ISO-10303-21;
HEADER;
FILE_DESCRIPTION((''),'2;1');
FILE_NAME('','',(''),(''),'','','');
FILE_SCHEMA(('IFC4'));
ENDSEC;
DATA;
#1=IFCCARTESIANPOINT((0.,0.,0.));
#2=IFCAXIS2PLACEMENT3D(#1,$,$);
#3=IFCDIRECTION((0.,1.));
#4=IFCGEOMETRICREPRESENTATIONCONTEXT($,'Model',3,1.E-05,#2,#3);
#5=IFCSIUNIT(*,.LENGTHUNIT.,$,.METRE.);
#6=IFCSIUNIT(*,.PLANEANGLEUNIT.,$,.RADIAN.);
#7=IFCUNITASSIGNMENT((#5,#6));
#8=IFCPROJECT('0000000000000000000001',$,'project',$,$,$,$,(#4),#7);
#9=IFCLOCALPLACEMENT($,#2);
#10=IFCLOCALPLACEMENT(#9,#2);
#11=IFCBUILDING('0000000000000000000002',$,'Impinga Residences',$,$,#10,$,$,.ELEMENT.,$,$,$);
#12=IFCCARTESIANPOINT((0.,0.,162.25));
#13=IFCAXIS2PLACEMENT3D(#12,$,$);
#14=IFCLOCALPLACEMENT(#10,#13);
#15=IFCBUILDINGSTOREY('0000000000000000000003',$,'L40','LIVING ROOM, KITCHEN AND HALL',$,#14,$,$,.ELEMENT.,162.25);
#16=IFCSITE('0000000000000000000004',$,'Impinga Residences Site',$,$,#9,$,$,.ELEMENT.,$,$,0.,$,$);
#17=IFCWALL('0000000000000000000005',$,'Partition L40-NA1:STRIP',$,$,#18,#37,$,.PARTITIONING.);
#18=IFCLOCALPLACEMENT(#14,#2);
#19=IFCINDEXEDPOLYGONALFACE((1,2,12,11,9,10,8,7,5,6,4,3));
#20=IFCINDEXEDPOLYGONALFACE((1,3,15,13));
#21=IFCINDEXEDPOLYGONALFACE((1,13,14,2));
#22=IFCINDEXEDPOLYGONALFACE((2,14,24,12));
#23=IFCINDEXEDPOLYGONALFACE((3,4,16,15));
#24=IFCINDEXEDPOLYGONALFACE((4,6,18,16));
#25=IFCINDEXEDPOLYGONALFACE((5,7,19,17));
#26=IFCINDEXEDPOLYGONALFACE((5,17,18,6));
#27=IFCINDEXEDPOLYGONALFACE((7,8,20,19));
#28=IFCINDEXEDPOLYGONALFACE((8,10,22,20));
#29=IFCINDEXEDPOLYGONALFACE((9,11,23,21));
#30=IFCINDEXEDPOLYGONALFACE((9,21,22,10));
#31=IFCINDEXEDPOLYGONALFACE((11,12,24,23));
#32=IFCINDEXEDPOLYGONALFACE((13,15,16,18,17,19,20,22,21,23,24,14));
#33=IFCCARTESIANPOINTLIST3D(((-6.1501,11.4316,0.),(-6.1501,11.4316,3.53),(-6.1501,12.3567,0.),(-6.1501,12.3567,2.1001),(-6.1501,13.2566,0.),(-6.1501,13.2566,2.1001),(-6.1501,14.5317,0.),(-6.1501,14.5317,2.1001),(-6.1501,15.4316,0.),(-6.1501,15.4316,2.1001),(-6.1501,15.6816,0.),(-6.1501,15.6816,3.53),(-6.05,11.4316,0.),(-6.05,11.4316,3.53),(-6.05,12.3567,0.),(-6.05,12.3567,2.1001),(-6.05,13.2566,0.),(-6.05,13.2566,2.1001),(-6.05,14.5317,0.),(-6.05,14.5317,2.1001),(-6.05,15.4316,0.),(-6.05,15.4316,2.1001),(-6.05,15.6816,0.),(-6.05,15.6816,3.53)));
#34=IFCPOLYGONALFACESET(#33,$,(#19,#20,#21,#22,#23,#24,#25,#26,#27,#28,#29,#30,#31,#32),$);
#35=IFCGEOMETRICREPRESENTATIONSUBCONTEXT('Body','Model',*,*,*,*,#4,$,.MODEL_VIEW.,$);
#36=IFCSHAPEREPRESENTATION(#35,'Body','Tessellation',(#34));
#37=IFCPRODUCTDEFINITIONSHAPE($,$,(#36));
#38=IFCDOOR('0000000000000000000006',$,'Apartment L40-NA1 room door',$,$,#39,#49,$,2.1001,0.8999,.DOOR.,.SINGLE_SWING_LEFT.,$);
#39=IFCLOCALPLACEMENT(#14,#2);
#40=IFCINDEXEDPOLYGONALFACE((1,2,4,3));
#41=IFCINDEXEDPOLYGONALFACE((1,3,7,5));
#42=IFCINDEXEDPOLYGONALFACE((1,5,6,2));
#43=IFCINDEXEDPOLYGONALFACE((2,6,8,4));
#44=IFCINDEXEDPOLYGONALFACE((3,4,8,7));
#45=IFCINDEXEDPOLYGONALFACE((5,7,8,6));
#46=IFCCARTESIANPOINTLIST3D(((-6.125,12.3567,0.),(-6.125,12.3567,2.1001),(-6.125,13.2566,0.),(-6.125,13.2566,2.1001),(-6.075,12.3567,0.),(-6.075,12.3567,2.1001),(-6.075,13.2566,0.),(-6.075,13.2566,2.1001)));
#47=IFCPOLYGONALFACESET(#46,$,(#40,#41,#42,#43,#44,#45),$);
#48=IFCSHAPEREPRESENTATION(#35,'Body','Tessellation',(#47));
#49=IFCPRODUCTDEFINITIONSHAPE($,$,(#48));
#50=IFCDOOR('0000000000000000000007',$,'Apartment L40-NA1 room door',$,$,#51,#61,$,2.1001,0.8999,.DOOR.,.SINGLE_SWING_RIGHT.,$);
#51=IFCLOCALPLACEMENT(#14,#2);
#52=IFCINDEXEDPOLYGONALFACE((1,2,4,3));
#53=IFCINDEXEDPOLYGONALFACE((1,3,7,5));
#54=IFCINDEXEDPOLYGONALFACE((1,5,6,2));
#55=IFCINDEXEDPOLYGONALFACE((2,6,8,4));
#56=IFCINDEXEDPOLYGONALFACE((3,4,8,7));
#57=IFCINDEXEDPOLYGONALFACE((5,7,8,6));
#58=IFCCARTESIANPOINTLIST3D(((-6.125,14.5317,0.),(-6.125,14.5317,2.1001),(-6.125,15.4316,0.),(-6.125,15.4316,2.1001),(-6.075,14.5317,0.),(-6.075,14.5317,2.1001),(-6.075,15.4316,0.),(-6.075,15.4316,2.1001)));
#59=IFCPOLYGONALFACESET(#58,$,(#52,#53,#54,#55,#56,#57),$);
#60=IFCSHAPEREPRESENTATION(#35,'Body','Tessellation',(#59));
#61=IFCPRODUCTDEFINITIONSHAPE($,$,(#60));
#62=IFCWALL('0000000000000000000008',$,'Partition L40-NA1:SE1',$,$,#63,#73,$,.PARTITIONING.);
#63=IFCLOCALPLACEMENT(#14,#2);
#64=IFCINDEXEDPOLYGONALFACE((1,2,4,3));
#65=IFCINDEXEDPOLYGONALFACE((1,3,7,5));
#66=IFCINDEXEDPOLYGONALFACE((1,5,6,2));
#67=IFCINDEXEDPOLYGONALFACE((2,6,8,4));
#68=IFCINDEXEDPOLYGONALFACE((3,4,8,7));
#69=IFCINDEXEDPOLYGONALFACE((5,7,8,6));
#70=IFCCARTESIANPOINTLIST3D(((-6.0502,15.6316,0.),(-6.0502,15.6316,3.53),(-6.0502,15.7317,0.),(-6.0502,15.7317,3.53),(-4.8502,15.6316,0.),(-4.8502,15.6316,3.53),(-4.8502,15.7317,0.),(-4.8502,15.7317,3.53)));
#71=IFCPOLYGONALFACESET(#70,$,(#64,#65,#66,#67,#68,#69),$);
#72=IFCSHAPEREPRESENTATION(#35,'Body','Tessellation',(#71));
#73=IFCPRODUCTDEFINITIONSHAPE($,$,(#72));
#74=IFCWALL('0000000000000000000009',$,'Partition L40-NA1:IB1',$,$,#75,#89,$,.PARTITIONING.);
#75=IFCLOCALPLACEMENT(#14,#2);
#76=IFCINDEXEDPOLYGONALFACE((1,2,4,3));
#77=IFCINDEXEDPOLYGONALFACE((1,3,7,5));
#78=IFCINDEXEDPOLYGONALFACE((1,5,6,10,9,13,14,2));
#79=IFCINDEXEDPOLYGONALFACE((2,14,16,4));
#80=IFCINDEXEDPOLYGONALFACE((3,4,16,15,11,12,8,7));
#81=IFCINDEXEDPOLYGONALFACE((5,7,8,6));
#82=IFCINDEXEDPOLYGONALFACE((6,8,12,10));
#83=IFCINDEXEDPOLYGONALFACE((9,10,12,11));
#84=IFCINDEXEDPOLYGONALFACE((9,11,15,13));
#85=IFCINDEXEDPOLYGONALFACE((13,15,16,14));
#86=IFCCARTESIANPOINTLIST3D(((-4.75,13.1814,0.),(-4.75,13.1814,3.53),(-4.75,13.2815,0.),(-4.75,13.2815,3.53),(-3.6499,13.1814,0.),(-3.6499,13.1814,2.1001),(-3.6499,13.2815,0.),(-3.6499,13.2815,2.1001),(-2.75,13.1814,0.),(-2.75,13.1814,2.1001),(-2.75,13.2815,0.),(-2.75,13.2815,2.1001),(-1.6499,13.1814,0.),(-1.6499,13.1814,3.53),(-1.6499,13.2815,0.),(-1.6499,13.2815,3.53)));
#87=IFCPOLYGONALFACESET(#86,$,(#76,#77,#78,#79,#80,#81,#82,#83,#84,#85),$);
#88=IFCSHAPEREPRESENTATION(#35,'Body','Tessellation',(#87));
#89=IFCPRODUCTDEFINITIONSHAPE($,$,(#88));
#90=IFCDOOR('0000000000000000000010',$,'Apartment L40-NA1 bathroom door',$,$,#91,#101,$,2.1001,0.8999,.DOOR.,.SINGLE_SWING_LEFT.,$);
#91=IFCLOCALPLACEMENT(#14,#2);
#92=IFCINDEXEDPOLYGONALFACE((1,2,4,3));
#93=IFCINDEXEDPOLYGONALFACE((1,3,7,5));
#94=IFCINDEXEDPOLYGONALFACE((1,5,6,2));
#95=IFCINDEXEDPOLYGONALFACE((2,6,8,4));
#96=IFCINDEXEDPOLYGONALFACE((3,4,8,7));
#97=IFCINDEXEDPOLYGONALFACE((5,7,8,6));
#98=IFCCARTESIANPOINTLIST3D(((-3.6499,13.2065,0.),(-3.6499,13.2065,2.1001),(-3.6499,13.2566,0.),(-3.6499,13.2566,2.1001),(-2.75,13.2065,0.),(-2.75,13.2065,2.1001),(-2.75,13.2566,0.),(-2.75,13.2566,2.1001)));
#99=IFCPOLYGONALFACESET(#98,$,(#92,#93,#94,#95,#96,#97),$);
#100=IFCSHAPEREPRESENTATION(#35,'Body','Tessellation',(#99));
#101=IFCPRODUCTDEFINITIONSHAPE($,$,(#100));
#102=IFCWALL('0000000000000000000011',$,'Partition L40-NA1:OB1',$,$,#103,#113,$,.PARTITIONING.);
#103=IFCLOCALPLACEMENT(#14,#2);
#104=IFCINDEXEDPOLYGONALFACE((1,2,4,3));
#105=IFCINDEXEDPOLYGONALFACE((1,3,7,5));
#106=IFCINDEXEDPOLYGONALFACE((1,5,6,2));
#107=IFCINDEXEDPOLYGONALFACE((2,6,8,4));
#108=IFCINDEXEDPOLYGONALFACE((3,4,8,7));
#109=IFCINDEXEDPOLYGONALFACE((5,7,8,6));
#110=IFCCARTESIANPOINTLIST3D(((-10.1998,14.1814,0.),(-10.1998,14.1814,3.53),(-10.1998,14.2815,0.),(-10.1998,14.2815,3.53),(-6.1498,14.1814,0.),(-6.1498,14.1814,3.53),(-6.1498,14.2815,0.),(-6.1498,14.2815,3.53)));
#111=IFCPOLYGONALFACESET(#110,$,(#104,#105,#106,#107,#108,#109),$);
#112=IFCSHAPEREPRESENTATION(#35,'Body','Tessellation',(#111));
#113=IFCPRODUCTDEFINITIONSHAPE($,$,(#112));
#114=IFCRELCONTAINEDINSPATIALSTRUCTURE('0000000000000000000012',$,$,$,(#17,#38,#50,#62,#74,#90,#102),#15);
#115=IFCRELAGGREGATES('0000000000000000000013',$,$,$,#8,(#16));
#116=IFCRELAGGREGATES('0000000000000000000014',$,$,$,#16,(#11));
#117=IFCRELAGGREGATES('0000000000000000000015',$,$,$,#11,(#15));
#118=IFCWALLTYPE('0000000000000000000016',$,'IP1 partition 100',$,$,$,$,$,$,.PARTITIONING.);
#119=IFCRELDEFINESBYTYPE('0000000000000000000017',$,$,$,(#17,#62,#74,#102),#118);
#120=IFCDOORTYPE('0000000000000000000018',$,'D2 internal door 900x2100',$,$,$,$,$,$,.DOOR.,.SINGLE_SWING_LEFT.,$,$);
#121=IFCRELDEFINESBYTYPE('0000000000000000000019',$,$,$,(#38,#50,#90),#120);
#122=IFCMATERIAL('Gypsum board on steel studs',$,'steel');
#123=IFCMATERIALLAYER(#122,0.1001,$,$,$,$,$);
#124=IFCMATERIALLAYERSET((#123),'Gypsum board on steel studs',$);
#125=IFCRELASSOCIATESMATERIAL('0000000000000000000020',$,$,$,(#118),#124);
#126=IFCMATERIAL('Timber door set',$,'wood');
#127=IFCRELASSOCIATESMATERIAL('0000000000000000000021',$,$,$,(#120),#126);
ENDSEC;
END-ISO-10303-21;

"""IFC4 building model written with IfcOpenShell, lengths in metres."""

from ifc_helpers import new_model, si_unit, direction, frame, frame_2d, origin, place, context, subcontext, project, spatial, rectangle, extrude, material, layer, layer_set, type_object, element, fill, save


model = new_model("IFC4")

# Units and contexts
model_context = context("Model", 3, precision=1e-05, world=origin(), true_north=direction((0.0, 1.0)))
body_context = subcontext(model_context, "Body", "Model", "MODEL_VIEW")
ifc_project = project(units=[si_unit("LENGTHUNIT", "METRE"), si_unit("PLANEANGLEUNIT", "RADIAN")], contexts=[model_context])

# Site, building, storey
site_placement = place(None, origin())
site = spatial("IfcSite", under=ifc_project, at=site_placement, Name="Impinga Residences Site", CompositionType="ELEMENT", RefElevation=0.0)
building_placement = place(site_placement, origin())
building = spatial("IfcBuilding", under=site, at=building_placement, Name="Impinga Residences", CompositionType="ELEMENT")
storey_placement = place(building_placement, frame((0.0, 0.0, 162.25)))
storey = spatial("IfcBuildingStorey", under=building, at=storey_placement, Name="L40", Description="LIVING ROOM, KITCHEN AND HALL", CompositionType="ELEMENT", Elevation=162.25)

# Shared definitions
ifc_material_1 = material(Name="Timber door set", Category="wood")

# Shared definitions
ifc_material_2 = material(Name="Gypsum board on steel studs", Category="steel")
ifc_layer_1 = layer(ifc_material_2, 0.1001)
ifc_layer_set_1 = layer_set([ifc_layer_1], Name="Gypsum board on steel studs")
wall_type_1 = type_object("IfcWallType", Name="IP1 partition 100", PredefinedType="PARTITIONING", material=ifc_layer_set_1)

# Wall, openings, doors
wall_1_placement = place(storey_placement, frame((-6.1001, 11.4316, 0.0), z_axis=(0.0, 0.0, 1.0), x_axis=(0.0, 1.0, 0.0)))
wall_1 = element("IfcWall", 1, at=wall_1_placement, inside=storey, type_object=wall_type_1, Name="Partition L40-NA1:STRIP", PredefinedType="PARTITIONING", context=body_context, shape_type="SweptSolid", body=[
    extrude(rectangle(XDim=4.25, YDim=0.1001, at=frame_2d((2.125, 0.0))), origin(), (0.0, 0.0, 1.0), 3.53),
])
opening_1_placement = place(wall_1_placement, frame((0.925, 0.0, 0.0)))
opening_1 = element("IfcOpeningElement", 2, at=opening_1_placement, cuts=wall_1, PredefinedType="OPENING", context=body_context, shape_type="SweptSolid", body=[
    extrude(rectangle(XDim=0.8999, YDim=2.1001, at=frame_2d((0.45, 1.05))), frame((0.0, 0.0601, 0.0), z_axis=(0.0, -1.0, 0.0), x_axis=(1.0, 0.0, 0.0)), (0.0, 0.0, 1.0), 0.1201),
])
opening_2_placement = place(wall_1_placement, frame((3.1001, 0.0, 0.0)))
opening_2 = element("IfcOpeningElement", 3, at=opening_2_placement, cuts=wall_1, PredefinedType="OPENING", context=body_context, shape_type="SweptSolid", body=[
    extrude(rectangle(XDim=0.8999, YDim=2.1001, at=frame_2d((0.45, 1.05))), frame((0.0, 0.0601, 0.0), z_axis=(0.0, -1.0, 0.0), x_axis=(1.0, 0.0, 0.0)), (0.0, 0.0, 1.0), 0.1201),
])
door_type_1 = type_object("IfcDoorType", Name="D2 internal door 900x2100", OperationType="SINGLE_SWING_LEFT", PredefinedType="DOOR", material=ifc_material_1)
door_1_placement = place(opening_1_placement, origin())
door_1 = element("IfcDoor", 4, at=door_1_placement, inside=storey, type_object=door_type_1, Name="Apartment L40-NA1 room door", OperationType="SINGLE_SWING_LEFT", OverallHeight=2.1001, OverallWidth=0.8999, PredefinedType="DOOR", context=body_context, shape_type="SweptSolid", body=[
    extrude(rectangle(XDim=0.8999, YDim=2.1001, at=frame_2d((0.45, 1.05))), frame((0.0, 0.0249, 0.0), z_axis=(0.0, -1.0, 0.0), x_axis=(1.0, 0.0, 0.0)), (0.0, 0.0, 1.0), 0.05),
])
fill(opening_1, door_1)
door_2_placement = place(opening_2_placement, origin())
door_2 = element("IfcDoor", 5, at=door_2_placement, inside=storey, type_object=door_type_1, Name="Apartment L40-NA1 room door", OperationType="SINGLE_SWING_RIGHT", OverallHeight=2.1001, OverallWidth=0.8999, PredefinedType="DOOR", context=body_context, shape_type="SweptSolid", body=[
    extrude(rectangle(XDim=0.8999, YDim=2.1001, at=frame_2d((0.45, 1.05))), frame((0.0, 0.0249, 0.0), z_axis=(0.0, -1.0, 0.0), x_axis=(1.0, 0.0, 0.0)), (0.0, 0.0, 1.0), 0.05),
])
fill(opening_2, door_2)

# Wall
wall_2_placement = place(storey_placement, frame((-4.8501, 15.6816, 0.0), z_axis=(0.0, 0.0, 1.0), x_axis=(-1.0, 0.0, 0.0)))
element("IfcWall", 6, at=wall_2_placement, inside=storey, type_object=wall_type_1, Name="Partition L40-NA1:SE1", PredefinedType="PARTITIONING", context=body_context, shape_type="SweptSolid", body=[
    extrude(rectangle(XDim=1.2, YDim=0.1001, at=frame_2d((0.6001, 0.0))), origin(), (0.0, 0.0, 1.0), 3.53),
])

# Wall, opening, door
wall_3_placement = place(storey_placement, frame((-1.6499, 13.2314, 0.0), z_axis=(0.0, 0.0, 1.0), x_axis=(-1.0, 0.0, 0.0)))
wall_3 = element("IfcWall", 7, at=wall_3_placement, inside=storey, type_object=wall_type_1, Name="Partition L40-NA1:IB1", PredefinedType="PARTITIONING", context=body_context, shape_type="SweptSolid", body=[
    extrude(rectangle(XDim=3.1001, YDim=0.1001, at=frame_2d((1.55, 0.0))), origin(), (0.0, 0.0, 1.0), 3.53),
])
opening_3_placement = place(wall_3_placement, frame((1.1001, 0.0, 0.0)))
opening_3 = element("IfcOpeningElement", 8, at=opening_3_placement, cuts=wall_3, PredefinedType="OPENING", context=body_context, shape_type="SweptSolid", body=[
    extrude(rectangle(XDim=0.8999, YDim=2.1001, at=frame_2d((0.45, 1.05))), frame((0.0, 0.0601, 0.0), z_axis=(0.0, -1.0, 0.0), x_axis=(1.0, 0.0, 0.0)), (0.0, 0.0, 1.0), 0.1201),
])
door_3_placement = place(opening_3_placement, origin())
door_3 = element("IfcDoor", 9, at=door_3_placement, inside=storey, type_object=door_type_1, Name="Apartment L40-NA1 bathroom door", OperationType="SINGLE_SWING_LEFT", OverallHeight=2.1001, OverallWidth=0.8999, PredefinedType="DOOR", context=body_context, shape_type="SweptSolid", body=[
    extrude(rectangle(XDim=0.8999, YDim=2.1001, at=frame_2d((0.45, 1.05))), frame((0.0, 0.0249, 0.0), z_axis=(0.0, -1.0, 0.0), x_axis=(1.0, 0.0, 0.0)), (0.0, 0.0, 1.0), 0.05),
])
fill(opening_3, door_3)

# Wall
wall_4_placement = place(storey_placement, frame((-6.1499, 14.2314, 0.0), z_axis=(0.0, 0.0, 1.0), x_axis=(-1.0, 0.0, 0.0)))
element("IfcWall", 10, at=wall_4_placement, inside=storey, type_object=wall_type_1, Name="Partition L40-NA1:OB1", PredefinedType="PARTITIONING", context=body_context, shape_type="SweptSolid", body=[
    extrude(rectangle(XDim=4.05, YDim=0.1001, at=frame_2d((2.0249, 0.0))), origin(), (0.0, 0.0, 1.0), 3.53),
])

save(model, "model.ifc")
